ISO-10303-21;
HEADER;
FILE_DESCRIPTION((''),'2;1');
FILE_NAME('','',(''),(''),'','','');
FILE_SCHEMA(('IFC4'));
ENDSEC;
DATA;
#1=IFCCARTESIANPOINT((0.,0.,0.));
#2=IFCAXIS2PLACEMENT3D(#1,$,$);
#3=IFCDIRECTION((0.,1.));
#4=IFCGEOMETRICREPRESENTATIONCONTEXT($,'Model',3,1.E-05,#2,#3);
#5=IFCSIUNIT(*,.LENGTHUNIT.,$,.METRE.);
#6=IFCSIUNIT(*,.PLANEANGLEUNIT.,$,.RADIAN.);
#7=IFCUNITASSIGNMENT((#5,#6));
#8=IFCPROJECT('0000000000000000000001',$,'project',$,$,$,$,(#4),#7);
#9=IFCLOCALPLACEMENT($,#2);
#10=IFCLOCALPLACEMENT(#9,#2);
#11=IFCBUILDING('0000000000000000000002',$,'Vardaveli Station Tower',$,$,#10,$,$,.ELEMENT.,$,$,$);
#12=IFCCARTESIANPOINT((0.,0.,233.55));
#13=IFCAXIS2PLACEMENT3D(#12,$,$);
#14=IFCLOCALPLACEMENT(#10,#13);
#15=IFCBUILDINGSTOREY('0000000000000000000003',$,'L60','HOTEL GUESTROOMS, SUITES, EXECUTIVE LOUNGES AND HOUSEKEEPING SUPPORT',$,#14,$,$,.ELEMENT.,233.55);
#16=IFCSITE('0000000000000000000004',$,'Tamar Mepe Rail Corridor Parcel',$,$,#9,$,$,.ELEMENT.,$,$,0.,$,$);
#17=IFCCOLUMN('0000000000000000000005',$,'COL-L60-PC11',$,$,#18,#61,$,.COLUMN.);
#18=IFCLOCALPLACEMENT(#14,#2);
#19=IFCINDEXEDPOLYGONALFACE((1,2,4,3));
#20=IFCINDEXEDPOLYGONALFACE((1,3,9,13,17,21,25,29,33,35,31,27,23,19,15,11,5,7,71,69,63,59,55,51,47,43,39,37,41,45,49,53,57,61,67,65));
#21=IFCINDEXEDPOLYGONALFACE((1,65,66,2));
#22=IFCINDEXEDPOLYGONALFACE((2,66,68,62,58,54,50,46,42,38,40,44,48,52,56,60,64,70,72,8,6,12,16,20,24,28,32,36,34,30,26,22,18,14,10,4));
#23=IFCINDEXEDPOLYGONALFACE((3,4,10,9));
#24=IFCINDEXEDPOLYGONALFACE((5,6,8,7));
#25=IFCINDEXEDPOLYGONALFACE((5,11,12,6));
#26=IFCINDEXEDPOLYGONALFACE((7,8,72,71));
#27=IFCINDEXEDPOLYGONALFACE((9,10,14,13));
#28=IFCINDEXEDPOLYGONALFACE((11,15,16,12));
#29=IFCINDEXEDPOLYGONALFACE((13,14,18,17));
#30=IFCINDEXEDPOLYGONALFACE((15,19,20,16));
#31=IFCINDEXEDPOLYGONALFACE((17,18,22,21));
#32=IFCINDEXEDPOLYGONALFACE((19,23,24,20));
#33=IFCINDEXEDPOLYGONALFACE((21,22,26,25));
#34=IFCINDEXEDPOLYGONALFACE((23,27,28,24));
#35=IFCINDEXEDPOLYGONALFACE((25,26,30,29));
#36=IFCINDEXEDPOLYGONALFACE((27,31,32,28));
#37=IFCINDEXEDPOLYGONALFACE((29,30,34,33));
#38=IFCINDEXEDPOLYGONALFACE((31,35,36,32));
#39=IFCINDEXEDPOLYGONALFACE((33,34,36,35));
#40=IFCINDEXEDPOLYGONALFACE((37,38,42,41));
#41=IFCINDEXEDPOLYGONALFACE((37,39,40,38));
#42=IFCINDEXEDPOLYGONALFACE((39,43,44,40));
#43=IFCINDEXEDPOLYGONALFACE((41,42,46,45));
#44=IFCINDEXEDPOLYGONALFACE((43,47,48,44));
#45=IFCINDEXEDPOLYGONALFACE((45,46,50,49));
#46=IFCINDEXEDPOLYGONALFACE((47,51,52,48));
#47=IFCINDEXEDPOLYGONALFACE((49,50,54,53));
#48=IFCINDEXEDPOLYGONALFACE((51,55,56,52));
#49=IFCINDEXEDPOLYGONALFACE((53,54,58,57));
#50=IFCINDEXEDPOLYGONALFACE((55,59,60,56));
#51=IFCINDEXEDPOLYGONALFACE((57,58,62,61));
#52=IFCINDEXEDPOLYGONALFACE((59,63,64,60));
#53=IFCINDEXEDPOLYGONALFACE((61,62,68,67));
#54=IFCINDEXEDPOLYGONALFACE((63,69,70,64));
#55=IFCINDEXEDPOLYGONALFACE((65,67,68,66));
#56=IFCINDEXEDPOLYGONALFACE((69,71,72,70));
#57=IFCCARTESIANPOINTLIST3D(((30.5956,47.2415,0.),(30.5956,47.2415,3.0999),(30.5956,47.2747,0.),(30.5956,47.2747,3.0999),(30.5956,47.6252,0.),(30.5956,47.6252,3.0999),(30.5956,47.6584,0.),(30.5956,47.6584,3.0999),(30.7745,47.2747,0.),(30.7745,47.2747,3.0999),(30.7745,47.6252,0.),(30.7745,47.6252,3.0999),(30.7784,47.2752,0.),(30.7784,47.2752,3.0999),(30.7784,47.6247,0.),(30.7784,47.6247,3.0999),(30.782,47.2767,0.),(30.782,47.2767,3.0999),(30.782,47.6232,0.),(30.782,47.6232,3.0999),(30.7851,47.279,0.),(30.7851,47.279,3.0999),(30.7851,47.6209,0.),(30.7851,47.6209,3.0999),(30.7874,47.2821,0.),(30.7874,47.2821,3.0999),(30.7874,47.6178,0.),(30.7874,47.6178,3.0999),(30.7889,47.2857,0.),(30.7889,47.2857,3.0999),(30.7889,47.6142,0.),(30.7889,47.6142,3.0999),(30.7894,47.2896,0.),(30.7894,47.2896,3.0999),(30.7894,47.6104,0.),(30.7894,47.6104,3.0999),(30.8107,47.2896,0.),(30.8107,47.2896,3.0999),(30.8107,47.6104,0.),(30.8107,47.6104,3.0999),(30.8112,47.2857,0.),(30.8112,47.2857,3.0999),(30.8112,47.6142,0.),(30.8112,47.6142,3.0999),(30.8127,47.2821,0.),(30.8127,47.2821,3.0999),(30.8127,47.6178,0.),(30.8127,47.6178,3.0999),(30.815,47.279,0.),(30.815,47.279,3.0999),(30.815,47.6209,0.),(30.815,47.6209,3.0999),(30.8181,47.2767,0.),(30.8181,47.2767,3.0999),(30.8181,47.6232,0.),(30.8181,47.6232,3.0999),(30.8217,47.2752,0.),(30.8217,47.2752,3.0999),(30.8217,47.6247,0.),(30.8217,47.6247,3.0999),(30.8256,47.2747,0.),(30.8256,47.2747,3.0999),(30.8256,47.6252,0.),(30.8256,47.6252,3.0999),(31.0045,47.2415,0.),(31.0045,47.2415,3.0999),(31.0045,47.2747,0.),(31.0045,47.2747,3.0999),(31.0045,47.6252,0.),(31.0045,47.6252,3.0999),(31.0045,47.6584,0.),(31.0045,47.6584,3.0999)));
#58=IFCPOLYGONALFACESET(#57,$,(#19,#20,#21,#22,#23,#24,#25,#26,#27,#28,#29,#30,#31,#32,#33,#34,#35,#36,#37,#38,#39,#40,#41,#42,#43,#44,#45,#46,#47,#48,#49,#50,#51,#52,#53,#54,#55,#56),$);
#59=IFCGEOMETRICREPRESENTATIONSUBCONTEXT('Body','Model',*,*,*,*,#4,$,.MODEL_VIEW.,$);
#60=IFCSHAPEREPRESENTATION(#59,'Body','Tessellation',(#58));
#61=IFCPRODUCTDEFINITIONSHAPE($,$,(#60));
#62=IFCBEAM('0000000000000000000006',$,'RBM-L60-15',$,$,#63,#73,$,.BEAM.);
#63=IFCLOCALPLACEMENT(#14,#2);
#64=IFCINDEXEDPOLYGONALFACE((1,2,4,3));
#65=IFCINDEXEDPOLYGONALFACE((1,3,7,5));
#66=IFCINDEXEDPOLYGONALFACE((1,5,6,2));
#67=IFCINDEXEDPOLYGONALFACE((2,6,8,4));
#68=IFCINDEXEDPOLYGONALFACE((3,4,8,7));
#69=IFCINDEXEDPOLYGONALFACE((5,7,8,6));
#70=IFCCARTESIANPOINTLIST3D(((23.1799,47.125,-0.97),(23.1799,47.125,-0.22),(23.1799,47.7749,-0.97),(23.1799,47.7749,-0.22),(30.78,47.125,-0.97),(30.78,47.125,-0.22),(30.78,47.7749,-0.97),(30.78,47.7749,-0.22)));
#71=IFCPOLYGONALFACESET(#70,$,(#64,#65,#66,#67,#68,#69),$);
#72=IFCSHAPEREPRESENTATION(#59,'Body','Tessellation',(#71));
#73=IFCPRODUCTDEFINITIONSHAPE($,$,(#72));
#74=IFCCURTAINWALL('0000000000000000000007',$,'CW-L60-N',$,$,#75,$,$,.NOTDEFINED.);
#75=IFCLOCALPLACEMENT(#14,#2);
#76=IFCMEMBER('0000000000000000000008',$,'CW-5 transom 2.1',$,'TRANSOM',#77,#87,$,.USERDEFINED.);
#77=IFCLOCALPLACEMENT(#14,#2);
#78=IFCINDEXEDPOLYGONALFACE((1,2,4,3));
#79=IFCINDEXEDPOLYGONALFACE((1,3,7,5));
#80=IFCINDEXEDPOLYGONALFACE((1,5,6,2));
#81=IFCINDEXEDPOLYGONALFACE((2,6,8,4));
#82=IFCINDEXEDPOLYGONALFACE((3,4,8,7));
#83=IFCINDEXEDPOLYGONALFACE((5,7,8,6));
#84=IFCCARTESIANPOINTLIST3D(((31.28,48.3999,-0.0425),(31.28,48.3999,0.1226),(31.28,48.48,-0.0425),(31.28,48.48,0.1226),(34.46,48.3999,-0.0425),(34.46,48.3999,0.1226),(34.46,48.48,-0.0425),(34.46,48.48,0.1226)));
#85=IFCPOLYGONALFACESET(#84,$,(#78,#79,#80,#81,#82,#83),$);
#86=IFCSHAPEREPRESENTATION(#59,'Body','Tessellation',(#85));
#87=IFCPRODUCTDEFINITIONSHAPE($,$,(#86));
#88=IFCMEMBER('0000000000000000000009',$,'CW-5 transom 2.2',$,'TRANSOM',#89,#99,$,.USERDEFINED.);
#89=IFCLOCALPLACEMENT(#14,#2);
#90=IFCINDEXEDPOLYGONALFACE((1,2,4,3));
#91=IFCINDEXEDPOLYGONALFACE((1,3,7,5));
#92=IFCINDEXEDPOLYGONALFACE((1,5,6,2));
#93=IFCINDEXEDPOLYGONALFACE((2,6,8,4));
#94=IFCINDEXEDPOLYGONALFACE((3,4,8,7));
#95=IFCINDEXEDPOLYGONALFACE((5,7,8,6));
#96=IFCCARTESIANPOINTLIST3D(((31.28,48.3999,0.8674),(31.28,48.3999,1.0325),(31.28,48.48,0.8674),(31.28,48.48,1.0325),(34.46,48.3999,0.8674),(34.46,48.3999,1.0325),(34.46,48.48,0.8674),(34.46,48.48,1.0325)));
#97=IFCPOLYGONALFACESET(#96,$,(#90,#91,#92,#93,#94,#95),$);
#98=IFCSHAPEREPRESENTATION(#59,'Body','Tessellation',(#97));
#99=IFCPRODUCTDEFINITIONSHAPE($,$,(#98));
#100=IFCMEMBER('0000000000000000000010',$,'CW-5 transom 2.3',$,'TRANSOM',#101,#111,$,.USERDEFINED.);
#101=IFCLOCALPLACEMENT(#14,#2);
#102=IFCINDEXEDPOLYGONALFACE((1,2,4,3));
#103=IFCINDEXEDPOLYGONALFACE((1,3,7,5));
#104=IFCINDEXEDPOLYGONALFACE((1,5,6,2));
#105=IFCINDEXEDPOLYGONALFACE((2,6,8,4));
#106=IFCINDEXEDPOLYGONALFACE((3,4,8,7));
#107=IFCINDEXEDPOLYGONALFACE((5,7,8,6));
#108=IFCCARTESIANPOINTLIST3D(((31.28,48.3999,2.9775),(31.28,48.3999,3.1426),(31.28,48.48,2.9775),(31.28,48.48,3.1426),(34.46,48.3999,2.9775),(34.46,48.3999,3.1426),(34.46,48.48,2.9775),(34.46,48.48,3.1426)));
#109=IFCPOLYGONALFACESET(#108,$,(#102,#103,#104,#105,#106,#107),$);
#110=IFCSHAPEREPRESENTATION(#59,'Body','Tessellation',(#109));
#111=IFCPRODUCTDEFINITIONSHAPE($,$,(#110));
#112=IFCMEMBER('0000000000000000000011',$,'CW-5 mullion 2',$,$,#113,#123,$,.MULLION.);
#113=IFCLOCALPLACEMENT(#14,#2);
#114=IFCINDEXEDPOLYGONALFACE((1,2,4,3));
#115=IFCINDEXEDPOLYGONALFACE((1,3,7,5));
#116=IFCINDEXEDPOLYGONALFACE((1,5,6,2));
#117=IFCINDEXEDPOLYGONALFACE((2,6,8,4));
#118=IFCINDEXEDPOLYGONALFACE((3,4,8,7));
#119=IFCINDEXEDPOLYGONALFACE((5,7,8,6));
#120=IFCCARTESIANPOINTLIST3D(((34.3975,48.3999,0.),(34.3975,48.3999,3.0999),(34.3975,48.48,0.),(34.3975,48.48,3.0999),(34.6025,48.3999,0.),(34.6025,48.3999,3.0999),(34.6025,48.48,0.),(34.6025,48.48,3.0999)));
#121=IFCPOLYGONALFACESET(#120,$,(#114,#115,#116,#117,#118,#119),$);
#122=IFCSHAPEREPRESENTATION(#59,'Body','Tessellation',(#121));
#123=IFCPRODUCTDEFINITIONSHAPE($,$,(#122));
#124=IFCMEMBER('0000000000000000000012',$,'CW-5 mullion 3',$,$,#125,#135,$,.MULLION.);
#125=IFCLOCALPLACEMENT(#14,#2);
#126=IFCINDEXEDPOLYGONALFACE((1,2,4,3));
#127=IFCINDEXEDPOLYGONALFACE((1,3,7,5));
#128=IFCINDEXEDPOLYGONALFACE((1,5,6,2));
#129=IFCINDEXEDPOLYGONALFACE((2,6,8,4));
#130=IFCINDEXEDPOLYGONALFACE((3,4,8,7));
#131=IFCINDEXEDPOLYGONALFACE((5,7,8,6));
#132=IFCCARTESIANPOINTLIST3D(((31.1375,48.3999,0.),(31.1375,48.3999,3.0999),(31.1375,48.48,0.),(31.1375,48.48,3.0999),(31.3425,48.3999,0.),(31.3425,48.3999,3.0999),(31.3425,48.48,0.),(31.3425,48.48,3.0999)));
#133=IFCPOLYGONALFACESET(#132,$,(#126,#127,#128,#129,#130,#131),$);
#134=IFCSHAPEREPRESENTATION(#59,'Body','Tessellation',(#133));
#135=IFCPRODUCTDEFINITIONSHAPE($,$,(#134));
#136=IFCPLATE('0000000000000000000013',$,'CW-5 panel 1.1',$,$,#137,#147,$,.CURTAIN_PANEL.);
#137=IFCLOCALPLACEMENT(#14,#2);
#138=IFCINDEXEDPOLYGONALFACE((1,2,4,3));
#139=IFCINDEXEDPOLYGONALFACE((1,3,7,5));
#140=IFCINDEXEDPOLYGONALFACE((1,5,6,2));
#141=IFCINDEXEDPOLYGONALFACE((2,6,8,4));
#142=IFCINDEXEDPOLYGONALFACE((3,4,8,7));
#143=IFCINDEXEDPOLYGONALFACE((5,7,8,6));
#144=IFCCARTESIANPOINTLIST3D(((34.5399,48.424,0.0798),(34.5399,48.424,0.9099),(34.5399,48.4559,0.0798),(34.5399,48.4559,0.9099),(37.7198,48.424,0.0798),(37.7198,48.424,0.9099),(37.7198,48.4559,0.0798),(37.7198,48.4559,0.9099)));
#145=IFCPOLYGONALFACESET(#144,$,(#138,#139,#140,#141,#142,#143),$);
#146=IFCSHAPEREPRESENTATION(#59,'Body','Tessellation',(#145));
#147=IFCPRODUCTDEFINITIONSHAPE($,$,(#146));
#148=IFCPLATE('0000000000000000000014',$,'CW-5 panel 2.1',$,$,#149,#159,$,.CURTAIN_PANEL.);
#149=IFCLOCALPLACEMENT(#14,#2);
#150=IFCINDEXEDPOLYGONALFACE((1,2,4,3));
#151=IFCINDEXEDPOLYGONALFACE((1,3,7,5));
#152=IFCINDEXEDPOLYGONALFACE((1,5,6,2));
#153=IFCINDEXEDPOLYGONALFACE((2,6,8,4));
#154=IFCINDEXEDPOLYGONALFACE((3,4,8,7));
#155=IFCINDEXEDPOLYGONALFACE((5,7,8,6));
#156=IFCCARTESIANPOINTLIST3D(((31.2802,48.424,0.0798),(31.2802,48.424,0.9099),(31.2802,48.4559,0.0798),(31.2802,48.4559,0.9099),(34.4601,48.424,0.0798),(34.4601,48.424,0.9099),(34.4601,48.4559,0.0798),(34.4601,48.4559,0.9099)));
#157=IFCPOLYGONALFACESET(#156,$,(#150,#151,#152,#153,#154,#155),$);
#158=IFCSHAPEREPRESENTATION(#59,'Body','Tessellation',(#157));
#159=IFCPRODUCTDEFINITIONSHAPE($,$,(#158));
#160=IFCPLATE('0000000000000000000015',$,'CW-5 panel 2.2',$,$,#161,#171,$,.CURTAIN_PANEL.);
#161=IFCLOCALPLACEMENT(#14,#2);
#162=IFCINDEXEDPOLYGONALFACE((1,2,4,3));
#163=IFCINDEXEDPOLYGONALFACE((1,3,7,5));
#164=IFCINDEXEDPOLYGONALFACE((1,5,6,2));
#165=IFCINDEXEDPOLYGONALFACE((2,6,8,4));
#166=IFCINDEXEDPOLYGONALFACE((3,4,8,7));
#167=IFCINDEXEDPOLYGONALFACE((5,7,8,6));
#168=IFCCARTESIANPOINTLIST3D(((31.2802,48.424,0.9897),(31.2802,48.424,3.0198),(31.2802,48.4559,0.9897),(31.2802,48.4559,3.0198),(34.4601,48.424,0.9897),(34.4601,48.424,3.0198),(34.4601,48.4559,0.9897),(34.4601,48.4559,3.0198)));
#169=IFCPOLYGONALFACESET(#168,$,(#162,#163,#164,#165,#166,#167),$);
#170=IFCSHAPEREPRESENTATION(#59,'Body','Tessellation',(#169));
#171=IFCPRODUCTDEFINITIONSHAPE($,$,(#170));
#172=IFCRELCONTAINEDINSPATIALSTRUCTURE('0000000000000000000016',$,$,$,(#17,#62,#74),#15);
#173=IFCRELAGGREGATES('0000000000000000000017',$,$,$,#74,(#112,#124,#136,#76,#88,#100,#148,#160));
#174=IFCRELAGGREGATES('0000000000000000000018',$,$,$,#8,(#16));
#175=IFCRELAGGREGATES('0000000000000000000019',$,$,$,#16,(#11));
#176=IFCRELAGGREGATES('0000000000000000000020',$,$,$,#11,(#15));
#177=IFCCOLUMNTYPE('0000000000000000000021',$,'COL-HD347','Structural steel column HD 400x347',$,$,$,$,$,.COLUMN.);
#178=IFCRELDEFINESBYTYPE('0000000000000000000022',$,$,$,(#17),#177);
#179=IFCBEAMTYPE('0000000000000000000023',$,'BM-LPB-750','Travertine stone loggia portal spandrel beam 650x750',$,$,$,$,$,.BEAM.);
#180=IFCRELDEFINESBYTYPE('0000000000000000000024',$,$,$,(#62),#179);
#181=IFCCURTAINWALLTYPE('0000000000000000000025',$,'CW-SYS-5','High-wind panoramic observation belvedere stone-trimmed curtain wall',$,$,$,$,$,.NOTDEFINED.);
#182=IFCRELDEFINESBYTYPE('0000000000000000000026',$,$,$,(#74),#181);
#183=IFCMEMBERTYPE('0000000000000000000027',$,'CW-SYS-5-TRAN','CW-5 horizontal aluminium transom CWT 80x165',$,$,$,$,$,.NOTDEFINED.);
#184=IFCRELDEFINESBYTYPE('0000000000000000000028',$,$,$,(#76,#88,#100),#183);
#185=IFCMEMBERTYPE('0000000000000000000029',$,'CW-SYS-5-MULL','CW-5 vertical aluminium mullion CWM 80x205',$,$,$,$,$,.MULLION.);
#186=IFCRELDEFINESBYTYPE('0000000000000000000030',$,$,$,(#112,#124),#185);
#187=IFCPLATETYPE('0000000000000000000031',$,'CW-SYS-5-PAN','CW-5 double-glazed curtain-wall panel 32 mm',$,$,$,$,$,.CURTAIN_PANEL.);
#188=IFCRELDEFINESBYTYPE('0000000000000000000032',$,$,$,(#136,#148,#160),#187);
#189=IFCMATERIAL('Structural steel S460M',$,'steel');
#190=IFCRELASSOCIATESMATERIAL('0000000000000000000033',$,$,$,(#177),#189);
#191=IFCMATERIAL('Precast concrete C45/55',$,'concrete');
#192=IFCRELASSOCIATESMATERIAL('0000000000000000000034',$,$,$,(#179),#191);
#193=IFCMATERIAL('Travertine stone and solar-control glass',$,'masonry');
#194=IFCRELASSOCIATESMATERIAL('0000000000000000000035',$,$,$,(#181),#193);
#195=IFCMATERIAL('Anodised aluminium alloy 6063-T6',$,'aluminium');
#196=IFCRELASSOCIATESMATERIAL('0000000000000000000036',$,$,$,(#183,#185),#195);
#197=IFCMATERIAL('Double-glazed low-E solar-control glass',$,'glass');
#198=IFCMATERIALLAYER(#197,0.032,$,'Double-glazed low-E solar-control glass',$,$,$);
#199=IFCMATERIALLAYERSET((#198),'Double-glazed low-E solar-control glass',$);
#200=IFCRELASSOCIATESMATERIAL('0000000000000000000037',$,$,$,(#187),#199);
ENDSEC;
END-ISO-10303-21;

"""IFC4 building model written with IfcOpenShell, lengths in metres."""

from ifc_helpers import new_model, si_unit, direction, frame, origin, origin_2d, place, context, subcontext, project, spatial, rectangle, i_section, extrude, source, transform, mapped, material, layer, layer_set, material_profile, profile_set, type_object, element, aggregate, save


model = new_model("IFC4")

# Units and contexts
model_context = context("Model", 3, precision=1e-05, world=origin(), true_north=direction((0.0, 1.0)))
body_context = subcontext(model_context, "Body", "Model", "MODEL_VIEW")
ifc_project = project(units=[si_unit("LENGTHUNIT", "METRE"), si_unit("PLANEANGLEUNIT", "RADIAN")], contexts=[model_context])

# Site, building, storey
site_placement = place(None, origin())
site = spatial("IfcSite", under=ifc_project, at=site_placement, Name="Tamar Mepe Rail Corridor Parcel", CompositionType="ELEMENT", RefElevation=0.0)
building_placement = place(site_placement, origin())
building = spatial("IfcBuilding", under=site, at=building_placement, Name="Vardaveli Station Tower", CompositionType="ELEMENT")
storey_placement = place(building_placement, frame((0.0, 0.0, 233.55)))
storey = spatial("IfcBuildingStorey", under=building, at=storey_placement, Name="L60", Description="HOTEL GUESTROOMS, SUITES, EXECUTIVE LOUNGES AND HOUSEKEEPING SUPPORT", CompositionType="ELEMENT", Elevation=233.55)

# Column
ifc_material_1 = material(Name="Structural steel S460M", Category="steel")
ifc_material_profile_1 = material_profile(ifc_material_1, i_section(OverallWidth=0.4089, OverallDepth=0.417, WebThickness=0.0212, FlangeThickness=0.0332, FilletRadius=0.0149, at=origin_2d()), Name="HD 400x347")
ifc_profile_set_1 = profile_set([ifc_material_profile_1], Name="Structural steel S460M")
column_type = type_object("IfcColumnType", Name="COL-HD347", Description="Structural steel column HD 400x347", PredefinedType="COLUMN", material=ifc_profile_set_1)
shared_shape_1 = source(origin(), body_context, "Body", "SweptSolid", [
    extrude(i_section(OverallWidth=0.4089, OverallDepth=0.417, WebThickness=0.0212, FlangeThickness=0.0332, FilletRadius=0.0149, at=origin_2d()), origin(), (0.0, 0.0, 1.0), 3.0999),
])
column_placement = place(storey_placement, frame((30.8, 47.45, 0.0), z_axis=(0.0, 0.0, 1.0), x_axis=(1.0, 0.0, 0.0)))
element("IfcColumn", 1, at=column_placement, inside=storey, type_object=column_type, Name="COL-L60-PC11", PredefinedType="COLUMN", context=body_context, shape_type="MappedRepresentation", body=[
    mapped(shared_shape_1, transform((0.0, 0.0, 0.0), scale=1.0)),
])

# Beam
ifc_material_2 = material(Name="Precast concrete C45/55", Category="concrete")
ifc_material_profile_2 = material_profile(ifc_material_2, rectangle(XDim=0.6499, YDim=0.75, at=origin_2d()), Name="LPB 650x750")
ifc_profile_set_2 = profile_set([ifc_material_profile_2], Name="Precast concrete C45/55")
beam_type = type_object("IfcBeamType", Name="BM-LPB-750", Description="Travertine stone loggia portal spandrel beam 650x750", PredefinedType="BEAM", material=ifc_profile_set_2)
shared_shape_2 = source(origin(), body_context, "Body", "SweptSolid", [
    extrude(rectangle(XDim=0.6499, YDim=0.75, at=origin_2d()), origin(), (0.0, 0.0, 1.0), 7.6001),
])
beam_placement = place(storey_placement, frame((30.78, 47.45, -0.595), z_axis=(-1.0, 0.0, 0.0), x_axis=(0.0, -1.0, 0.0)))
element("IfcBeam", 2, at=beam_placement, inside=storey, type_object=beam_type, Name="RBM-L60-15", PredefinedType="BEAM", context=body_context, shape_type="MappedRepresentation", body=[
    mapped(shared_shape_2, transform((0.0, 0.0, 0.0), scale=1.0)),
])

# Curtain wall, members, plates
ifc_material_3 = material(Name="Travertine stone and solar-control glass", Category="masonry")
curtain_wall_type = type_object("IfcCurtainWallType", Name="CW-SYS-5", Description="High-wind panoramic observation belvedere stone-trimmed curtain wall", PredefinedType="NOTDEFINED", material=ifc_material_3)
curtain_wall_placement = place(storey_placement, origin())
curtain_wall = element("IfcCurtainWall", 3, at=curtain_wall_placement, inside=storey, type_object=curtain_wall_type, Name="CW-L60-N", PredefinedType="NOTDEFINED")
ifc_material_4 = material(Name="Anodised aluminium alloy 6063-T6", Category="aluminium")
ifc_material_profile_3 = material_profile(ifc_material_4, rectangle(XDim=0.0801, YDim=0.165, at=origin_2d()), Name="CWT 80x165")
ifc_profile_set_3 = profile_set([ifc_material_profile_3], Name="Anodised aluminium alloy 6063-T6")
member_type_1 = type_object("IfcMemberType", Name="CW-SYS-5-TRAN", Description="CW-5 horizontal aluminium transom CWT 80x165", PredefinedType="NOTDEFINED", material=ifc_profile_set_3)
shared_shape_3 = source(origin(), body_context, "Body", "SweptSolid", [
    extrude(rectangle(XDim=0.0801, YDim=0.165, at=origin_2d()), origin(), (0.0, 0.0, 1.0), 3.1799),
])
member_1_placement = place(storey_placement, frame((34.46, 48.4399, 0.04), z_axis=(-1.0, 0.0, 0.0), x_axis=(0.0, -1.0, 0.0)))
member_1 = element("IfcMember", 4, at=member_1_placement, type_object=member_type_1, Name="CW-5 transom 2.1", ObjectType="TRANSOM", PredefinedType="USERDEFINED", context=body_context, shape_type="MappedRepresentation", body=[
    mapped(shared_shape_3, transform((0.0, 0.0, 0.0), scale=1.0)),
])
member_2_placement = place(storey_placement, frame((34.46, 48.4399, 0.95), z_axis=(-1.0, 0.0, 0.0), x_axis=(0.0, -1.0, 0.0)))
member_2 = element("IfcMember", 5, at=member_2_placement, type_object=member_type_1, Name="CW-5 transom 2.2", ObjectType="TRANSOM", PredefinedType="USERDEFINED", context=body_context, shape_type="MappedRepresentation", body=[
    mapped(shared_shape_3, transform((0.0, 0.0, 0.0), scale=1.0)),
])
member_3_placement = place(storey_placement, frame((34.46, 48.4399, 3.0601), z_axis=(-1.0, 0.0, 0.0), x_axis=(0.0, -1.0, 0.0)))
member_3 = element("IfcMember", 6, at=member_3_placement, type_object=member_type_1, Name="CW-5 transom 2.3", ObjectType="TRANSOM", PredefinedType="USERDEFINED", context=body_context, shape_type="MappedRepresentation", body=[
    mapped(shared_shape_3, transform((0.0, 0.0, 0.0), scale=1.0)),
])
ifc_material_profile_4 = material_profile(ifc_material_4, rectangle(XDim=0.0801, YDim=0.2051, at=origin_2d()), Name="CWM 80x205")
ifc_profile_set_4 = profile_set([ifc_material_profile_4], Name="Anodised aluminium alloy 6063-T6")
member_type_2 = type_object("IfcMemberType", Name="CW-SYS-5-MULL", Description="CW-5 vertical aluminium mullion CWM 80x205", PredefinedType="MULLION", material=ifc_profile_set_4)
shared_shape_4 = source(origin(), body_context, "Body", "SweptSolid", [
    extrude(rectangle(XDim=0.0801, YDim=0.2051, at=origin_2d()), origin(), (0.0, 0.0, 1.0), 3.0999),
])
member_4_placement = place(storey_placement, frame((34.5, 48.4399, 0.0), z_axis=(0.0, 0.0, 1.0), x_axis=(0.0, -1.0, 0.0)))
member_4 = element("IfcMember", 7, at=member_4_placement, type_object=member_type_2, Name="CW-5 mullion 2", PredefinedType="MULLION", context=body_context, shape_type="MappedRepresentation", body=[
    mapped(shared_shape_4, transform((0.0, 0.0, 0.0), scale=1.0)),
])
member_5_placement = place(storey_placement, frame((31.24, 48.4399, 0.0), z_axis=(0.0, 0.0, 1.0), x_axis=(0.0, -1.0, 0.0)))
member_5 = element("IfcMember", 8, at=member_5_placement, type_object=member_type_2, Name="CW-5 mullion 3", PredefinedType="MULLION", context=body_context, shape_type="MappedRepresentation", body=[
    mapped(shared_shape_4, transform((0.0, 0.0, 0.0), scale=1.0)),
])
ifc_material_5 = material(Name="Double-glazed low-E solar-control glass", Category="glass")
ifc_layer_1 = layer(ifc_material_5, 0.032, Name="Double-glazed low-E solar-control glass")
ifc_layer_set_1 = layer_set([ifc_layer_1], Name="Double-glazed low-E solar-control glass")
plate_type = type_object("IfcPlateType", Name="CW-SYS-5-PAN", Description="CW-5 double-glazed curtain-wall panel 32 mm", PredefinedType="CURTAIN_PANEL", material=ifc_layer_set_1)
shared_shape_5 = source(origin(), body_context, "Body", "SweptSolid", [
    extrude(rectangle(XDim=3.1799, YDim=0.032, at=origin_2d()), origin(), (0.0, 0.0, 1.0), 0.8301),
])
plate_1_placement = place(storey_placement, frame((36.1299, 48.4399, 0.0798), z_axis=(0.0, 0.0, 1.0), x_axis=(-1.0, 0.0, 0.0)))
plate_1 = element("IfcPlate", 9, at=plate_1_placement, type_object=plate_type, Name="CW-5 panel 1.1", PredefinedType="CURTAIN_PANEL", context=body_context, shape_type="MappedRepresentation", body=[
    mapped(shared_shape_5, transform((0.0, 0.0, 0.0), scale=1.0)),
])
plate_2_placement = place(storey_placement, frame((32.8701, 48.4399, 0.0798), z_axis=(0.0, 0.0, 1.0), x_axis=(-1.0, 0.0, 0.0)))
plate_2 = element("IfcPlate", 10, at=plate_2_placement, type_object=plate_type, Name="CW-5 panel 2.1", PredefinedType="CURTAIN_PANEL", context=body_context, shape_type="MappedRepresentation", body=[
    mapped(shared_shape_5, transform((0.0, 0.0, 0.0), scale=1.0)),
])
shared_shape_6 = source(origin(), body_context, "Body", "SweptSolid", [
    extrude(rectangle(XDim=3.1799, YDim=0.032, at=origin_2d()), origin(), (0.0, 0.0, 1.0), 2.03),
])
plate_3_placement = place(storey_placement, frame((32.8701, 48.4399, 0.9897), z_axis=(0.0, 0.0, 1.0), x_axis=(-1.0, 0.0, 0.0)))
plate_3 = element("IfcPlate", 11, at=plate_3_placement, type_object=plate_type, Name="CW-5 panel 2.2", PredefinedType="CURTAIN_PANEL", context=body_context, shape_type="MappedRepresentation", body=[
    mapped(shared_shape_6, transform((0.0, 0.0, 0.0), scale=1.0)),
])
aggregate(curtain_wall, [member_4, member_5, plate_1, member_1, member_2, member_3, plate_2, plate_3])

save(model, "model.ifc")
